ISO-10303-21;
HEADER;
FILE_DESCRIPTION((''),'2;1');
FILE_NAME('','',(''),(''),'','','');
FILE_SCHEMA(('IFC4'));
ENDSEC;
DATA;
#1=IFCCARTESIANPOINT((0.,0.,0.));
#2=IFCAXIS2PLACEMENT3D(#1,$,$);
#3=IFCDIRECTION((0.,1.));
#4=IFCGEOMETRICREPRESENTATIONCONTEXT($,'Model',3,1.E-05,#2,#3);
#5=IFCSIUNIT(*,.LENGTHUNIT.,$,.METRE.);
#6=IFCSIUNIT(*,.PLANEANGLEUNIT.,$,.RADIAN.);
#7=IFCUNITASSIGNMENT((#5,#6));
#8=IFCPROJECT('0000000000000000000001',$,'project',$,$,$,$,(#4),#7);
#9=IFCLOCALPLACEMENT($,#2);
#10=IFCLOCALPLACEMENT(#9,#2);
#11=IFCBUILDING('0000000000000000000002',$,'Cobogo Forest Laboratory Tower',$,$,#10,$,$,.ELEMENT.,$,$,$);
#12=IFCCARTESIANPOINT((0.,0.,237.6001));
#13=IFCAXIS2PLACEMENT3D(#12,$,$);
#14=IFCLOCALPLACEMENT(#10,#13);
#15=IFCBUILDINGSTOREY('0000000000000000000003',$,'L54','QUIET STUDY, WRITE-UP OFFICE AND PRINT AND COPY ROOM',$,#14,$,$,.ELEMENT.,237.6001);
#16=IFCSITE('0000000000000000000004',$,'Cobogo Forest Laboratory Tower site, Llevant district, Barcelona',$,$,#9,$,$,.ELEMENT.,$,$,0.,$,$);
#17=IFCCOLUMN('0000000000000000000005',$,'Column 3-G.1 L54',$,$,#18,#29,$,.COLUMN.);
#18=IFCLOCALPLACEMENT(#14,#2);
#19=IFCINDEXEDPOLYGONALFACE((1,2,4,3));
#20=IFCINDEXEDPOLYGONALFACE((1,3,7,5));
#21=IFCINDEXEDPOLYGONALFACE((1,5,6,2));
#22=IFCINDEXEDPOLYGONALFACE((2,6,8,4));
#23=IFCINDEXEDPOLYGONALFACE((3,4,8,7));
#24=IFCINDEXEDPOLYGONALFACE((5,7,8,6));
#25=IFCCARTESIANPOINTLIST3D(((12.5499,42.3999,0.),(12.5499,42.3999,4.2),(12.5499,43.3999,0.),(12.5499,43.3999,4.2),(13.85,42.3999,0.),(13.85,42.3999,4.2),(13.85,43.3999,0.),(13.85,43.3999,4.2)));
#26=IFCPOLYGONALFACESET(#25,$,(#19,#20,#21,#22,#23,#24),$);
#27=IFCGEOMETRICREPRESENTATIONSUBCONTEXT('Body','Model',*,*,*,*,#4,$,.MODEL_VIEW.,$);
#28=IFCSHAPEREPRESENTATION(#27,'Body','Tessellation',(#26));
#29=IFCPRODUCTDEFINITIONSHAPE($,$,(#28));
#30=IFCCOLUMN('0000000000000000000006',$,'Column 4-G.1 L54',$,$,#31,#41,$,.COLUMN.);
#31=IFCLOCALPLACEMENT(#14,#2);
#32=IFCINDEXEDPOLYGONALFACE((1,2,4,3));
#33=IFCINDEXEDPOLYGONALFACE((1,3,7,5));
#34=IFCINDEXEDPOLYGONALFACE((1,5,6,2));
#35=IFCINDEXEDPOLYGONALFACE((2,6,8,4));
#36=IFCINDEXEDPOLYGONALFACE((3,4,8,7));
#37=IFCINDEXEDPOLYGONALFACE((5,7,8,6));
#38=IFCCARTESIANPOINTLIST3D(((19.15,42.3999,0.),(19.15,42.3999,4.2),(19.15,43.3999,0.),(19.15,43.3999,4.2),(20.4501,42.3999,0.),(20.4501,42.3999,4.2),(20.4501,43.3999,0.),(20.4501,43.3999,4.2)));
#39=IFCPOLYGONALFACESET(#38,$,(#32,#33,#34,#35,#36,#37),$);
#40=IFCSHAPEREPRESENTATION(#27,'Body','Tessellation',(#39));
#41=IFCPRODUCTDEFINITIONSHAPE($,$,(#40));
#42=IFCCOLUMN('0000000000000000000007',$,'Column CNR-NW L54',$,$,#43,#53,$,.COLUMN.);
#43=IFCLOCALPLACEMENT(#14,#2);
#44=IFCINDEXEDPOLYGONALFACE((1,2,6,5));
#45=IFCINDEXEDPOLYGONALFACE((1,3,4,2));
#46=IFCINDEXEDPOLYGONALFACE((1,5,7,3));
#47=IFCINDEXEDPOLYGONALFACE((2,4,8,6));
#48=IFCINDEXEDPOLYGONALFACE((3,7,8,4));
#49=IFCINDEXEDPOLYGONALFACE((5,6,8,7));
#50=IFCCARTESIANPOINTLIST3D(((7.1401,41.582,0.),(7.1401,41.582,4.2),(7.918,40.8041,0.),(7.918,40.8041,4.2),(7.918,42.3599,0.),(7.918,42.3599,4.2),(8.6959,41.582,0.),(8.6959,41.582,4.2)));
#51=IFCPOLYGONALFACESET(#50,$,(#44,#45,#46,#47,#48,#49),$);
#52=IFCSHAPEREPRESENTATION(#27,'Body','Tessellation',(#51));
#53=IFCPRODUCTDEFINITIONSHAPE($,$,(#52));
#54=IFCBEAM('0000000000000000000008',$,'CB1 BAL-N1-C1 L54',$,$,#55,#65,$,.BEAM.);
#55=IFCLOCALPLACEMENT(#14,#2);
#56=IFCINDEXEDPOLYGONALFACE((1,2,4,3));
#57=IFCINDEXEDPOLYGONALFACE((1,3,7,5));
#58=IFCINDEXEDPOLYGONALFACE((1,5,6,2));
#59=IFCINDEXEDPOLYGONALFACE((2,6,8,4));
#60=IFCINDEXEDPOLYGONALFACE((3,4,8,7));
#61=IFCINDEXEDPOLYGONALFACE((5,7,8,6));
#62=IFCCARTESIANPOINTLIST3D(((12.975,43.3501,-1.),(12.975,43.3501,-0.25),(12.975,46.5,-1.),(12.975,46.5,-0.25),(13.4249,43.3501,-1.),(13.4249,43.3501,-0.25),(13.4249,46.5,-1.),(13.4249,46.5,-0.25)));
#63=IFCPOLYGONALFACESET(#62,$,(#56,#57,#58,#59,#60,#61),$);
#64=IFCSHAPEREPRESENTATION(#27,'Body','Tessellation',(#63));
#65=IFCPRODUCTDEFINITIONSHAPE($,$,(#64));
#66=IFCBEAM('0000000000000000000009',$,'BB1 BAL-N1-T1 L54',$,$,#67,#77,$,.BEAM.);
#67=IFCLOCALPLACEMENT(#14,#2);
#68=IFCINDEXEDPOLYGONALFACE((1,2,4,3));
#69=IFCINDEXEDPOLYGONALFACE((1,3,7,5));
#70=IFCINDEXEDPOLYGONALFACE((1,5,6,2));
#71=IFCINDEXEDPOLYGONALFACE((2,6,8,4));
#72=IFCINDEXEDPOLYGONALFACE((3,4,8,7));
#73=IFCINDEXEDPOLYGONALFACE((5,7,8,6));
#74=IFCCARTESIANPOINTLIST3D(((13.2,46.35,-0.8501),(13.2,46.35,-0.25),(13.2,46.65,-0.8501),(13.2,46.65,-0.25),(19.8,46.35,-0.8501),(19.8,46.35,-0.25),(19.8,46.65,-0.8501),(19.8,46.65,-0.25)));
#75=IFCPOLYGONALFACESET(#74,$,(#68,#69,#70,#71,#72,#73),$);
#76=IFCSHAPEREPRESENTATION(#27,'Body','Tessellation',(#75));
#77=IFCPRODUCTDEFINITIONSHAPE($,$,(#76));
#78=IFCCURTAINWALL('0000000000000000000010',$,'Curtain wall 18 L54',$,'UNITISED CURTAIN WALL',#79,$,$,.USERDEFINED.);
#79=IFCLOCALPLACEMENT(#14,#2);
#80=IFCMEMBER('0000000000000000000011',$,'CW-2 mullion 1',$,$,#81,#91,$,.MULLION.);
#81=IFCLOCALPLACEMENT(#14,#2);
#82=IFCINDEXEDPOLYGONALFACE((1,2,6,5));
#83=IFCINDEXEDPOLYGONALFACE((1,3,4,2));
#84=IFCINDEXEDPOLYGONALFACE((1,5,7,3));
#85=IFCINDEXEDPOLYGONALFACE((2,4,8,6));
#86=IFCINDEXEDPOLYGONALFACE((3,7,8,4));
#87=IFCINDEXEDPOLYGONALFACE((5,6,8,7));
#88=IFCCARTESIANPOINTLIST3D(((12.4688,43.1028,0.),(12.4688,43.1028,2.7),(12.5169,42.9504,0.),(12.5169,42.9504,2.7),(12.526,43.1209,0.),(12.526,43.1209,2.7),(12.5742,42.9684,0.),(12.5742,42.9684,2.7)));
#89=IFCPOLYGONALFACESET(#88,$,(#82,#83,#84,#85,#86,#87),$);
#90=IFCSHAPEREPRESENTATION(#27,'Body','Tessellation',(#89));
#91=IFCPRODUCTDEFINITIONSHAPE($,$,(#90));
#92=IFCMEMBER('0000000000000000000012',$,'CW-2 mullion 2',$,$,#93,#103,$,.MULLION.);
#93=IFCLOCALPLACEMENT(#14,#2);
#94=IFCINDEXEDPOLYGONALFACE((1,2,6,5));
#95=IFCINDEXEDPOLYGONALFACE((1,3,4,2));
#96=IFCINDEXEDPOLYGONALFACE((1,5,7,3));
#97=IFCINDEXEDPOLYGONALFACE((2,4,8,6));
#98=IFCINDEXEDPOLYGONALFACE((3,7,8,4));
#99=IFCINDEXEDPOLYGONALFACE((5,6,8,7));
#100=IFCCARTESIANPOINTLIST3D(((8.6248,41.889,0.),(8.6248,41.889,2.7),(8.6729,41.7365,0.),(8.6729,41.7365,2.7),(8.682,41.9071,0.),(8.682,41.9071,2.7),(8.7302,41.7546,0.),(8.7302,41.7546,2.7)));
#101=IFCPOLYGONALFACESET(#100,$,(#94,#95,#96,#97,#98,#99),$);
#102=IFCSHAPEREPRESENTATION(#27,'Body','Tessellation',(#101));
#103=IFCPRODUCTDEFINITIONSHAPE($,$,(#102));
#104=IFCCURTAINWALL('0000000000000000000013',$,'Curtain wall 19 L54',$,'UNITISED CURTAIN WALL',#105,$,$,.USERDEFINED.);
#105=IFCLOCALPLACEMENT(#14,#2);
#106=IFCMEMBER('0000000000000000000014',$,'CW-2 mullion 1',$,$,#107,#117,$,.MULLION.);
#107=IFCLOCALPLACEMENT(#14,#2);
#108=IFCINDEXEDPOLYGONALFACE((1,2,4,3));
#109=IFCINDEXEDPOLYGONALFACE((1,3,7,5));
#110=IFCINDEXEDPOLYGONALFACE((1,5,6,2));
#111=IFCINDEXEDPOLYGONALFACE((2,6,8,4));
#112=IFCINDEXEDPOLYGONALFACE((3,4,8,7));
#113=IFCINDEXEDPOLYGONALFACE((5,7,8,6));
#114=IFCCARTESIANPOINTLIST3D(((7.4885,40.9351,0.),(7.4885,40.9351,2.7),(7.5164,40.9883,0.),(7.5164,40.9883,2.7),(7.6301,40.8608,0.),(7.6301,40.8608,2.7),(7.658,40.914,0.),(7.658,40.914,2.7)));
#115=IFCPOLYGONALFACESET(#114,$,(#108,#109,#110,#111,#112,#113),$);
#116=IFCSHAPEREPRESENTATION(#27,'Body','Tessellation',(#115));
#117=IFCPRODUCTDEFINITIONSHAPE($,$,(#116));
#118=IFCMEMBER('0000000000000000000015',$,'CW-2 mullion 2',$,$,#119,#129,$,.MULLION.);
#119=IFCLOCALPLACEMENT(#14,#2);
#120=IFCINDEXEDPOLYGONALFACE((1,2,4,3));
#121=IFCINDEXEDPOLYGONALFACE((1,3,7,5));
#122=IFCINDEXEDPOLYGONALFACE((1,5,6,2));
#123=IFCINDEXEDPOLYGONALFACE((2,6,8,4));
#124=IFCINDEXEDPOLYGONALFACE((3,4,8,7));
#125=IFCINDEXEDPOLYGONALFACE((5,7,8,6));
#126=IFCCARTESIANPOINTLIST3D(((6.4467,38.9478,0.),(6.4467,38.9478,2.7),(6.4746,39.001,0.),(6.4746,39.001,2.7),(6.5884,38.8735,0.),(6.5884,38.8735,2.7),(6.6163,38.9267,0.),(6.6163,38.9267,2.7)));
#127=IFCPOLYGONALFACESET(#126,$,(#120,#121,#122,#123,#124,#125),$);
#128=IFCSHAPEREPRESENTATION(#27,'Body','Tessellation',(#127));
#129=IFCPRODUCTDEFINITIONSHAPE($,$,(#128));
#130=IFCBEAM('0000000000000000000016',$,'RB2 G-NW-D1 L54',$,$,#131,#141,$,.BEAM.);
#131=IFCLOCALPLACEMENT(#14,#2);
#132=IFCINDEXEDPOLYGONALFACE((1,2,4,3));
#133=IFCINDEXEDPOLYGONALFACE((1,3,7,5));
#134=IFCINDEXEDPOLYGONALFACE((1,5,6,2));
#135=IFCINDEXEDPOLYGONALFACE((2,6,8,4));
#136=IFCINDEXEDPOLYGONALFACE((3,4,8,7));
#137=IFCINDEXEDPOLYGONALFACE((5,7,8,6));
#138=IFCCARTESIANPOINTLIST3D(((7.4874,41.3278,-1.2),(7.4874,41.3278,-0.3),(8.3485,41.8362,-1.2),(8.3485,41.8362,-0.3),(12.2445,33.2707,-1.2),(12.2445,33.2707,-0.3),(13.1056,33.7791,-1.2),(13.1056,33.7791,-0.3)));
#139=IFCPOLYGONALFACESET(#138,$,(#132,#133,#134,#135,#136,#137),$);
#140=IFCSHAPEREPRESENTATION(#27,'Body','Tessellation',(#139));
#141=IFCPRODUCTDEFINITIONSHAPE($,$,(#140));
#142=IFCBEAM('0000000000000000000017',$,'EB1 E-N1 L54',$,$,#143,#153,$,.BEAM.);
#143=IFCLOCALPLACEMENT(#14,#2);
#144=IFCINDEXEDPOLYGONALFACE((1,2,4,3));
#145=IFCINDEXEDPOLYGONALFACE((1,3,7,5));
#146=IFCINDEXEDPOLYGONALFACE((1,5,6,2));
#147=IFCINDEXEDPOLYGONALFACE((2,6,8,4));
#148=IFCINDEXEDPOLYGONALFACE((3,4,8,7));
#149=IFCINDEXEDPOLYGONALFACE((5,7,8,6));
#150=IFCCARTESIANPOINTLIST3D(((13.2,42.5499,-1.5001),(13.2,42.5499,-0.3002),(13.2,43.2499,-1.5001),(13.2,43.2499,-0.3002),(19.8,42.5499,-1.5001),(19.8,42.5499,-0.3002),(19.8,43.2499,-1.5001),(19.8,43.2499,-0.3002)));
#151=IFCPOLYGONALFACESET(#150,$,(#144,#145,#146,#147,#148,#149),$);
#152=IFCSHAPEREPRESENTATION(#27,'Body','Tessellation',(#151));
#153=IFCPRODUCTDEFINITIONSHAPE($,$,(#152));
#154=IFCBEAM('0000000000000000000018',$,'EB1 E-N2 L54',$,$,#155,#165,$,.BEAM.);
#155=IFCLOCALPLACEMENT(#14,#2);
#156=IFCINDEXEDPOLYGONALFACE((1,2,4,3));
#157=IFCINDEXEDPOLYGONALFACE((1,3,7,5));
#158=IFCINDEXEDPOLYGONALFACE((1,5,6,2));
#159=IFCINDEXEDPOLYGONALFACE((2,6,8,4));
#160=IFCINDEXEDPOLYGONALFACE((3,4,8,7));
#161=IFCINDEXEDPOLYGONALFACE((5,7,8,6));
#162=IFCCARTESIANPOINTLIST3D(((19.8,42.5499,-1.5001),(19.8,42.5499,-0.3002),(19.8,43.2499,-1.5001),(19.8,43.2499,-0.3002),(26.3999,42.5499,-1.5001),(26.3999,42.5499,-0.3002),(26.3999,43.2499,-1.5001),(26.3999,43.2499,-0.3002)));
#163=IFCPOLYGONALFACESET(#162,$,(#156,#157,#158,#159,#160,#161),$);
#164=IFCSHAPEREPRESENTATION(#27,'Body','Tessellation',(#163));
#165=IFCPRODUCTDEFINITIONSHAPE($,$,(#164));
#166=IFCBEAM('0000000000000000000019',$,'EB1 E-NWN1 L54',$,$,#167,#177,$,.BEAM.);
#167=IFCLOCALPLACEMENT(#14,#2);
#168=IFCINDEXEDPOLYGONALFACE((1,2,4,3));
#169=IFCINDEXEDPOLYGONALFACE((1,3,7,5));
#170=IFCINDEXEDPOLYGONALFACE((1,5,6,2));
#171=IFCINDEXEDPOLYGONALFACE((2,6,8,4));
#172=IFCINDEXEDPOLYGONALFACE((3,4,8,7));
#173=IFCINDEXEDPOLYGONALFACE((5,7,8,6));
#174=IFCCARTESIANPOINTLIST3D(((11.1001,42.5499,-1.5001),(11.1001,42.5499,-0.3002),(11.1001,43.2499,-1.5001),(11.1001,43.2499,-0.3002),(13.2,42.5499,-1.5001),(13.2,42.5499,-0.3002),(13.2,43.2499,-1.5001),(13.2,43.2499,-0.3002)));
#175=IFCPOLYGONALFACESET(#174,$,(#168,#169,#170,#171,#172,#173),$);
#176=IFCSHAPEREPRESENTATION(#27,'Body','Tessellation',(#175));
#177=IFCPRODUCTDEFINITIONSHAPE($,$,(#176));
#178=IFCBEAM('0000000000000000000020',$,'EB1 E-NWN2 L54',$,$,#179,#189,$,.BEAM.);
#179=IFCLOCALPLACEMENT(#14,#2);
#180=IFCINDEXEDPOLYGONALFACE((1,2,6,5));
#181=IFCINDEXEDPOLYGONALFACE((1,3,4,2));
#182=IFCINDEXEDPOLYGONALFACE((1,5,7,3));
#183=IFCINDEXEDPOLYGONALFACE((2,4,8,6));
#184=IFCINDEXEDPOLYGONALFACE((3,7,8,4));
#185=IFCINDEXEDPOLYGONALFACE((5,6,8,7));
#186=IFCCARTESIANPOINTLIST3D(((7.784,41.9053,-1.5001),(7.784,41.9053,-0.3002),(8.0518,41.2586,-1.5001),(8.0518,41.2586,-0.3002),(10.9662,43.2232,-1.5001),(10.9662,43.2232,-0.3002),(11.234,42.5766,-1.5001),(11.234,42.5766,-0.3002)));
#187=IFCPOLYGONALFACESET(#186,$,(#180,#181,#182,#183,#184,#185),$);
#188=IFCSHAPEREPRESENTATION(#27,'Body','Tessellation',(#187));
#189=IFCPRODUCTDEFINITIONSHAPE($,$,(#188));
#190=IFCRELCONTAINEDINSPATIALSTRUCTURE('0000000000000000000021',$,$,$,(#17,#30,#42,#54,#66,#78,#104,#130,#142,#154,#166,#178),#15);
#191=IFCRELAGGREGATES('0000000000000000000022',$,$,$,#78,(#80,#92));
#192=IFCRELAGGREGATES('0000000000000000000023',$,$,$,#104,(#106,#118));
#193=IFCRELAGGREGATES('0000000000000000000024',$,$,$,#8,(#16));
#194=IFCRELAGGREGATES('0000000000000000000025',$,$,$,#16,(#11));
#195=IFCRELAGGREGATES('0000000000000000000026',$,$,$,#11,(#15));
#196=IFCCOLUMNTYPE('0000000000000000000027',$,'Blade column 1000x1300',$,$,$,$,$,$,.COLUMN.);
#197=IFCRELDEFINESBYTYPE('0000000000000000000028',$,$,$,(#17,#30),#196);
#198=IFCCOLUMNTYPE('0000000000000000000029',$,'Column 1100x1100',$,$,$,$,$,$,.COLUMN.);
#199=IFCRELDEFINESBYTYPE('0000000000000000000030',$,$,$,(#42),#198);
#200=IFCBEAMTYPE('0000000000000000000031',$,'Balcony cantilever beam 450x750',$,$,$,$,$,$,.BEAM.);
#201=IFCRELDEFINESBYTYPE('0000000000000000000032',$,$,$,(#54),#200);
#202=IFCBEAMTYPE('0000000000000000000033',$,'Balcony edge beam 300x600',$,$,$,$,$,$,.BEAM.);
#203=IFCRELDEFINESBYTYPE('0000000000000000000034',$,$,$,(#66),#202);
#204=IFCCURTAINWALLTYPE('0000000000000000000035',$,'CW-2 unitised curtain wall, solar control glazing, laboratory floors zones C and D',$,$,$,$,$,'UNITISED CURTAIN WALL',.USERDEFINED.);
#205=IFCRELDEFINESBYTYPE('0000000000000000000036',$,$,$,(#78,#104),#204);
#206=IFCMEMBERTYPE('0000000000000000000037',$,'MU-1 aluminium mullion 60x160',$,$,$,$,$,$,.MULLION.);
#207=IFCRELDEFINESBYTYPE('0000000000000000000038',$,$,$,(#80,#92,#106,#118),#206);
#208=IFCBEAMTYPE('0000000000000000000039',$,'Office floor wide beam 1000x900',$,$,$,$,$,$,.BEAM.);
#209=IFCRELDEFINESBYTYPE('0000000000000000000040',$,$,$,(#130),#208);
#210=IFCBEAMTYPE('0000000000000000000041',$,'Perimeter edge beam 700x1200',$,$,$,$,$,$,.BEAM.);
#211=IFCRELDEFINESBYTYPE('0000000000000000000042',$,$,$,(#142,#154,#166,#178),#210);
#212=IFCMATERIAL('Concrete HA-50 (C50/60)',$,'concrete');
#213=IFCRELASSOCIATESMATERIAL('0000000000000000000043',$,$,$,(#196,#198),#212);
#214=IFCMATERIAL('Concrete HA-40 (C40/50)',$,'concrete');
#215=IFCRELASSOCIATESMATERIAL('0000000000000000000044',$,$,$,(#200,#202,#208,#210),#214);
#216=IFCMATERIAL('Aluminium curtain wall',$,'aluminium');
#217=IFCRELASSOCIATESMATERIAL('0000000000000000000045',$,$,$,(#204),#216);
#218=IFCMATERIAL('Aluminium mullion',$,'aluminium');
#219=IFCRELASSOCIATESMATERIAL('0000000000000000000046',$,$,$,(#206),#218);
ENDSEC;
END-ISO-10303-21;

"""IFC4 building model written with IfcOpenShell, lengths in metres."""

from ifc_helpers import new_model, si_unit, direction, frame, origin, origin_2d, place, context, subcontext, project, spatial, rectangle, extrude, material, material_profile, profile_set, type_object, element, aggregate, save


model = new_model("IFC4")

# Units and contexts
model_context = context("Model", 3, precision=1e-05, world=origin(), true_north=direction((0.0, 1.0)))
body_context = subcontext(model_context, "Body", "Model", "MODEL_VIEW")
ifc_project = project(units=[si_unit("LENGTHUNIT", "METRE"), si_unit("PLANEANGLEUNIT", "RADIAN")], contexts=[model_context])

# Site, building, storey
site_placement = place(None, origin())
site = spatial("IfcSite", under=ifc_project, at=site_placement, Name="Cobogo Forest Laboratory Tower site, Llevant district, Barcelona", CompositionType="ELEMENT", RefElevation=0.0)
building_placement = place(site_placement, origin())
building = spatial("IfcBuilding", under=site, at=building_placement, Name="Cobogo Forest Laboratory Tower", CompositionType="ELEMENT")
storey_placement = place(building_placement, frame((0.0, 0.0, 237.6001)))
storey = spatial("IfcBuildingStorey", under=building, at=storey_placement, Name="L54", Description="QUIET STUDY, WRITE-UP OFFICE AND PRINT AND COPY ROOM", CompositionType="ELEMENT", Elevation=237.6001)

# Columns
ifc_material_1 = material(Name="Concrete HA-50 (C50/60)", Category="concrete")
ifc_material_profile_1 = material_profile(ifc_material_1, rectangle(XDim=1.3, YDim=1.0, at=origin_2d()), Name="RC 1000x1300")
ifc_profile_set_1 = profile_set([ifc_material_profile_1], Name="Concrete HA-50 (C50/60)")
column_type_1 = type_object("IfcColumnType", Name="Blade column 1000x1300", PredefinedType="COLUMN", material=ifc_profile_set_1)
for number, where, z_axis, x_axis, name in (
    (1, (13.2, 42.8999, 0.0), (0.0, 0.0, 1.0), (1.0, 0.0, 0.0), "Column 3-G.1 L54"),
    (2, (19.8, 42.8999, 0.0), (0.0, 0.0, 1.0), (1.0, 0.0, 0.0), "Column 4-G.1 L54"),
):
    element("IfcColumn", number, at=place(storey_placement, frame(where, z_axis=z_axis, x_axis=x_axis)), inside=storey, type_object=column_type_1, Name=name, PredefinedType="COLUMN", context=body_context, shape_type="SweptSolid", body=[
        extrude(rectangle(XDim=1.3, YDim=1.0, at=origin_2d()), origin(), (0.0, 0.0, 1.0), 4.2),
    ])
ifc_material_profile_2 = material_profile(ifc_material_1, rectangle(XDim=1.1001, YDim=1.1001, at=origin_2d()), Name="RC 1100x1100")
ifc_profile_set_2 = profile_set([ifc_material_profile_2], Name="Concrete HA-50 (C50/60)")
column_type_2 = type_object("IfcColumnType", Name="Column 1100x1100", PredefinedType="COLUMN", material=ifc_profile_set_2)
column_placement = place(storey_placement, frame((7.918, 41.582, 0.0), z_axis=(0.0, 0.0, 1.0), x_axis=(0.707107, 0.707107, 0.0)))
element("IfcColumn", 3, at=column_placement, inside=storey, type_object=column_type_2, Name="Column CNR-NW L54", PredefinedType="COLUMN", context=body_context, shape_type="SweptSolid", body=[
    extrude(rectangle(XDim=1.1001, YDim=1.1001, at=origin_2d()), origin(), (0.0, 0.0, 1.0), 4.2),
])

# Beams
ifc_material_2 = material(Name="Concrete HA-40 (C40/50)", Category="concrete")
ifc_material_profile_3 = material_profile(ifc_material_2, rectangle(XDim=0.45, YDim=0.75, at=origin_2d()), Name="RC 450x750")
ifc_profile_set_3 = profile_set([ifc_material_profile_3], Name="Concrete HA-40 (C40/50)")
beam_type_1 = type_object("IfcBeamType", Name="Balcony cantilever beam 450x750", PredefinedType="BEAM", material=ifc_profile_set_3)
beam_1_placement = place(storey_placement, frame((13.2, 43.3501, -0.625), z_axis=(0.0, 1.0, 0.0), x_axis=(-1.0, 0.0, 0.0)))
element("IfcBeam", 4, at=beam_1_placement, inside=storey, type_object=beam_type_1, Name="CB1 BAL-N1-C1 L54", PredefinedType="BEAM", context=body_context, shape_type="SweptSolid", body=[
    extrude(rectangle(XDim=0.45, YDim=0.75, at=origin_2d()), origin(), (0.0, 0.0, 1.0), 3.1499),
])
ifc_material_profile_4 = material_profile(ifc_material_2, rectangle(XDim=0.3, YDim=0.6001, at=origin_2d()), Name="RC 300x600")
ifc_profile_set_4 = profile_set([ifc_material_profile_4], Name="Concrete HA-40 (C40/50)")
beam_type_2 = type_object("IfcBeamType", Name="Balcony edge beam 300x600", PredefinedType="BEAM", material=ifc_profile_set_4)
beam_2_placement = place(storey_placement, frame((13.2, 46.5, -0.55), z_axis=(1.0, 0.0, 0.0), x_axis=(0.0, 1.0, 0.0)))
element("IfcBeam", 5, at=beam_2_placement, inside=storey, type_object=beam_type_2, Name="BB1 BAL-N1-T1 L54", PredefinedType="BEAM", context=body_context, shape_type="SweptSolid", body=[
    extrude(rectangle(XDim=0.3, YDim=0.6001, at=origin_2d()), origin(), (0.0, 0.0, 1.0), 6.6001),
])

# Curtain walls, members
ifc_material_3 = material(Name="Aluminium curtain wall", Category="aluminium")
curtain_wall_type = type_object("IfcCurtainWallType", Name="CW-2 unitised curtain wall, solar control glazing, laboratory floors zones C and D", ElementType="UNITISED CURTAIN WALL", PredefinedType="USERDEFINED", material=ifc_material_3)
curtain_wall_1_placement = place(storey_placement, origin())
curtain_wall_1 = element("IfcCurtainWall", 6, at=curtain_wall_1_placement, inside=storey, type_object=curtain_wall_type, Name="Curtain wall 18 L54", ObjectType="UNITISED CURTAIN WALL", PredefinedType="USERDEFINED")
ifc_material_4 = material(Name="Aluminium mullion", Category="aluminium")
ifc_material_profile_5 = material_profile(ifc_material_4, rectangle(XDim=0.0601, YDim=0.1599, at=origin_2d()), Name="AL 60x160")
ifc_profile_set_5 = profile_set([ifc_material_profile_5], Name="Aluminium mullion")
member_type_1 = type_object("IfcMemberType", Name="MU-1 aluminium mullion 60x160", PredefinedType="MULLION", material=ifc_profile_set_5)
member_1_placement = place(storey_placement, frame((12.5215, 43.0356, 0.0), z_axis=(0.0, 0.0, 1.0), x_axis=(-0.953581, -0.301136, 0.0)))
member_1 = element("IfcMember", 7, at=member_1_placement, type_object=member_type_1, Name="CW-2 mullion 1", PredefinedType="MULLION", context=body_context, shape_type="SweptSolid", body=[
    extrude(rectangle(XDim=0.0601, YDim=0.1599, at=origin_2d()), origin(), (0.0, 0.0, 1.0), 2.7),
])
member_2_placement = place(storey_placement, frame((8.6775, 41.8218, 0.0), z_axis=(0.0, 0.0, 1.0), x_axis=(-0.953581, -0.301136, 0.0)))
member_2 = element("IfcMember", 8, at=member_2_placement, type_object=member_type_1, Name="CW-2 mullion 2", PredefinedType="MULLION", context=body_context, shape_type="SweptSolid", body=[
    extrude(rectangle(XDim=0.0601, YDim=0.1599, at=origin_2d()), origin(), (0.0, 0.0, 1.0), 2.7),
])
curtain_wall_2_placement = place(storey_placement, origin())
curtain_wall_2 = element("IfcCurtainWall", 9, at=curtain_wall_2_placement, inside=storey, type_object=curtain_wall_type, Name="Curtain wall 19 L54", ObjectType="UNITISED CURTAIN WALL", PredefinedType="USERDEFINED")
member_3_placement = place(storey_placement, frame((7.5732, 40.9246, 0.0), z_axis=(0.0, 0.0, 1.0), x_axis=(-0.464284, -0.885686, 0.0)))
member_3 = element("IfcMember", 10, at=member_3_placement, type_object=member_type_1, Name="CW-2 mullion 1", PredefinedType="MULLION", context=body_context, shape_type="SweptSolid", body=[
    extrude(rectangle(XDim=0.0601, YDim=0.1599, at=origin_2d()), origin(), (0.0, 0.0, 1.0), 2.7),
])
member_4_placement = place(storey_placement, frame((6.5315, 38.9373, 0.0), z_axis=(0.0, 0.0, 1.0), x_axis=(-0.464284, -0.885686, 0.0)))
member_4 = element("IfcMember", 11, at=member_4_placement, type_object=member_type_1, Name="CW-2 mullion 2", PredefinedType="MULLION", context=body_context, shape_type="SweptSolid", body=[
    extrude(rectangle(XDim=0.0601, YDim=0.1599, at=origin_2d()), origin(), (0.0, 0.0, 1.0), 2.7),
])

# Beams
ifc_material_profile_6 = material_profile(ifc_material_2, rectangle(XDim=1.0, YDim=0.8999, at=origin_2d()), Name="RC 1000x900")
ifc_profile_set_6 = profile_set([ifc_material_profile_6], Name="Concrete HA-40 (C40/50)")
beam_type_3 = type_object("IfcBeamType", Name="Office floor wide beam 1000x900", PredefinedType="BEAM", material=ifc_profile_set_6)
beam_3_placement = place(storey_placement, frame((7.918, 41.582, -0.75), z_axis=(0.508416, -0.861111, 0.0), x_axis=(0.861111, 0.508416, 0.0)))
element("IfcBeam", 12, at=beam_3_placement, inside=storey, type_object=beam_type_3, Name="RB2 G-NW-D1 L54", PredefinedType="BEAM", context=body_context, shape_type="SweptSolid", body=[
    extrude(rectangle(XDim=1.0, YDim=0.8999, at=origin_2d()), origin(), (0.0, 0.0, 1.0), 9.3567),
])
ifc_material_profile_7 = material_profile(ifc_material_2, rectangle(XDim=0.7, YDim=1.2, at=origin_2d()), Name="RC 700x1200")
ifc_profile_set_7 = profile_set([ifc_material_profile_7], Name="Concrete HA-40 (C40/50)")
beam_type_4 = type_object("IfcBeamType", Name="Perimeter edge beam 700x1200", PredefinedType="BEAM", material=ifc_profile_set_7)
beam_4_placement = place(storey_placement, frame((13.2, 42.8999, -0.9001), z_axis=(1.0, 0.0, 0.0), x_axis=(0.0, 1.0, 0.0)))
element("IfcBeam", 13, at=beam_4_placement, inside=storey, type_object=beam_type_4, Name="EB1 E-N1 L54", PredefinedType="BEAM", context=body_context, shape_type="SweptSolid", body=[
    extrude(rectangle(XDim=0.7, YDim=1.2, at=origin_2d()), origin(), (0.0, 0.0, 1.0), 6.6001),
])
beam_5_placement = place(storey_placement, frame((19.8, 42.8999, -0.9001), z_axis=(1.0, 0.0, 0.0), x_axis=(0.0, 1.0, 0.0)))
element("IfcBeam", 14, at=beam_5_placement, inside=storey, type_object=beam_type_4, Name="EB1 E-N2 L54", PredefinedType="BEAM", context=body_context, shape_type="SweptSolid", body=[
    extrude(rectangle(XDim=0.7, YDim=1.2, at=origin_2d()), origin(), (0.0, 0.0, 1.0), 6.5999),
])
beam_6_placement = place(storey_placement, frame((13.2, 42.8999, -0.9001), z_axis=(-1.0, 0.0, 0.0), x_axis=(0.0, -1.0, 0.0)))
element("IfcBeam", 15, at=beam_6_placement, inside=storey, type_object=beam_type_4, Name="EB1 E-NWN1 L54", PredefinedType="BEAM", context=body_context, shape_type="SweptSolid", body=[
    extrude(rectangle(XDim=0.7, YDim=1.2, at=origin_2d()), origin(), (0.0, 0.0, 1.0), 2.0999),
])
beam_7_placement = place(storey_placement, frame((11.1001, 42.8999, -0.9001), z_axis=(-0.923901, -0.382631, 0.0), x_axis=(0.382631, -0.923901, 0.0)))
element("IfcBeam", 16, at=beam_7_placement, inside=storey, type_object=beam_type_4, Name="EB1 E-NWN2 L54", PredefinedType="BEAM", context=body_context, shape_type="SweptSolid", body=[
    extrude(rectangle(XDim=0.7, YDim=1.2, at=origin_2d()), origin(), (0.0, 0.0, 1.0), 3.4443),
])

aggregate(curtain_wall_1, [member_1, member_2])
aggregate(curtain_wall_2, [member_3, member_4])

save(model, "model.ifc")
